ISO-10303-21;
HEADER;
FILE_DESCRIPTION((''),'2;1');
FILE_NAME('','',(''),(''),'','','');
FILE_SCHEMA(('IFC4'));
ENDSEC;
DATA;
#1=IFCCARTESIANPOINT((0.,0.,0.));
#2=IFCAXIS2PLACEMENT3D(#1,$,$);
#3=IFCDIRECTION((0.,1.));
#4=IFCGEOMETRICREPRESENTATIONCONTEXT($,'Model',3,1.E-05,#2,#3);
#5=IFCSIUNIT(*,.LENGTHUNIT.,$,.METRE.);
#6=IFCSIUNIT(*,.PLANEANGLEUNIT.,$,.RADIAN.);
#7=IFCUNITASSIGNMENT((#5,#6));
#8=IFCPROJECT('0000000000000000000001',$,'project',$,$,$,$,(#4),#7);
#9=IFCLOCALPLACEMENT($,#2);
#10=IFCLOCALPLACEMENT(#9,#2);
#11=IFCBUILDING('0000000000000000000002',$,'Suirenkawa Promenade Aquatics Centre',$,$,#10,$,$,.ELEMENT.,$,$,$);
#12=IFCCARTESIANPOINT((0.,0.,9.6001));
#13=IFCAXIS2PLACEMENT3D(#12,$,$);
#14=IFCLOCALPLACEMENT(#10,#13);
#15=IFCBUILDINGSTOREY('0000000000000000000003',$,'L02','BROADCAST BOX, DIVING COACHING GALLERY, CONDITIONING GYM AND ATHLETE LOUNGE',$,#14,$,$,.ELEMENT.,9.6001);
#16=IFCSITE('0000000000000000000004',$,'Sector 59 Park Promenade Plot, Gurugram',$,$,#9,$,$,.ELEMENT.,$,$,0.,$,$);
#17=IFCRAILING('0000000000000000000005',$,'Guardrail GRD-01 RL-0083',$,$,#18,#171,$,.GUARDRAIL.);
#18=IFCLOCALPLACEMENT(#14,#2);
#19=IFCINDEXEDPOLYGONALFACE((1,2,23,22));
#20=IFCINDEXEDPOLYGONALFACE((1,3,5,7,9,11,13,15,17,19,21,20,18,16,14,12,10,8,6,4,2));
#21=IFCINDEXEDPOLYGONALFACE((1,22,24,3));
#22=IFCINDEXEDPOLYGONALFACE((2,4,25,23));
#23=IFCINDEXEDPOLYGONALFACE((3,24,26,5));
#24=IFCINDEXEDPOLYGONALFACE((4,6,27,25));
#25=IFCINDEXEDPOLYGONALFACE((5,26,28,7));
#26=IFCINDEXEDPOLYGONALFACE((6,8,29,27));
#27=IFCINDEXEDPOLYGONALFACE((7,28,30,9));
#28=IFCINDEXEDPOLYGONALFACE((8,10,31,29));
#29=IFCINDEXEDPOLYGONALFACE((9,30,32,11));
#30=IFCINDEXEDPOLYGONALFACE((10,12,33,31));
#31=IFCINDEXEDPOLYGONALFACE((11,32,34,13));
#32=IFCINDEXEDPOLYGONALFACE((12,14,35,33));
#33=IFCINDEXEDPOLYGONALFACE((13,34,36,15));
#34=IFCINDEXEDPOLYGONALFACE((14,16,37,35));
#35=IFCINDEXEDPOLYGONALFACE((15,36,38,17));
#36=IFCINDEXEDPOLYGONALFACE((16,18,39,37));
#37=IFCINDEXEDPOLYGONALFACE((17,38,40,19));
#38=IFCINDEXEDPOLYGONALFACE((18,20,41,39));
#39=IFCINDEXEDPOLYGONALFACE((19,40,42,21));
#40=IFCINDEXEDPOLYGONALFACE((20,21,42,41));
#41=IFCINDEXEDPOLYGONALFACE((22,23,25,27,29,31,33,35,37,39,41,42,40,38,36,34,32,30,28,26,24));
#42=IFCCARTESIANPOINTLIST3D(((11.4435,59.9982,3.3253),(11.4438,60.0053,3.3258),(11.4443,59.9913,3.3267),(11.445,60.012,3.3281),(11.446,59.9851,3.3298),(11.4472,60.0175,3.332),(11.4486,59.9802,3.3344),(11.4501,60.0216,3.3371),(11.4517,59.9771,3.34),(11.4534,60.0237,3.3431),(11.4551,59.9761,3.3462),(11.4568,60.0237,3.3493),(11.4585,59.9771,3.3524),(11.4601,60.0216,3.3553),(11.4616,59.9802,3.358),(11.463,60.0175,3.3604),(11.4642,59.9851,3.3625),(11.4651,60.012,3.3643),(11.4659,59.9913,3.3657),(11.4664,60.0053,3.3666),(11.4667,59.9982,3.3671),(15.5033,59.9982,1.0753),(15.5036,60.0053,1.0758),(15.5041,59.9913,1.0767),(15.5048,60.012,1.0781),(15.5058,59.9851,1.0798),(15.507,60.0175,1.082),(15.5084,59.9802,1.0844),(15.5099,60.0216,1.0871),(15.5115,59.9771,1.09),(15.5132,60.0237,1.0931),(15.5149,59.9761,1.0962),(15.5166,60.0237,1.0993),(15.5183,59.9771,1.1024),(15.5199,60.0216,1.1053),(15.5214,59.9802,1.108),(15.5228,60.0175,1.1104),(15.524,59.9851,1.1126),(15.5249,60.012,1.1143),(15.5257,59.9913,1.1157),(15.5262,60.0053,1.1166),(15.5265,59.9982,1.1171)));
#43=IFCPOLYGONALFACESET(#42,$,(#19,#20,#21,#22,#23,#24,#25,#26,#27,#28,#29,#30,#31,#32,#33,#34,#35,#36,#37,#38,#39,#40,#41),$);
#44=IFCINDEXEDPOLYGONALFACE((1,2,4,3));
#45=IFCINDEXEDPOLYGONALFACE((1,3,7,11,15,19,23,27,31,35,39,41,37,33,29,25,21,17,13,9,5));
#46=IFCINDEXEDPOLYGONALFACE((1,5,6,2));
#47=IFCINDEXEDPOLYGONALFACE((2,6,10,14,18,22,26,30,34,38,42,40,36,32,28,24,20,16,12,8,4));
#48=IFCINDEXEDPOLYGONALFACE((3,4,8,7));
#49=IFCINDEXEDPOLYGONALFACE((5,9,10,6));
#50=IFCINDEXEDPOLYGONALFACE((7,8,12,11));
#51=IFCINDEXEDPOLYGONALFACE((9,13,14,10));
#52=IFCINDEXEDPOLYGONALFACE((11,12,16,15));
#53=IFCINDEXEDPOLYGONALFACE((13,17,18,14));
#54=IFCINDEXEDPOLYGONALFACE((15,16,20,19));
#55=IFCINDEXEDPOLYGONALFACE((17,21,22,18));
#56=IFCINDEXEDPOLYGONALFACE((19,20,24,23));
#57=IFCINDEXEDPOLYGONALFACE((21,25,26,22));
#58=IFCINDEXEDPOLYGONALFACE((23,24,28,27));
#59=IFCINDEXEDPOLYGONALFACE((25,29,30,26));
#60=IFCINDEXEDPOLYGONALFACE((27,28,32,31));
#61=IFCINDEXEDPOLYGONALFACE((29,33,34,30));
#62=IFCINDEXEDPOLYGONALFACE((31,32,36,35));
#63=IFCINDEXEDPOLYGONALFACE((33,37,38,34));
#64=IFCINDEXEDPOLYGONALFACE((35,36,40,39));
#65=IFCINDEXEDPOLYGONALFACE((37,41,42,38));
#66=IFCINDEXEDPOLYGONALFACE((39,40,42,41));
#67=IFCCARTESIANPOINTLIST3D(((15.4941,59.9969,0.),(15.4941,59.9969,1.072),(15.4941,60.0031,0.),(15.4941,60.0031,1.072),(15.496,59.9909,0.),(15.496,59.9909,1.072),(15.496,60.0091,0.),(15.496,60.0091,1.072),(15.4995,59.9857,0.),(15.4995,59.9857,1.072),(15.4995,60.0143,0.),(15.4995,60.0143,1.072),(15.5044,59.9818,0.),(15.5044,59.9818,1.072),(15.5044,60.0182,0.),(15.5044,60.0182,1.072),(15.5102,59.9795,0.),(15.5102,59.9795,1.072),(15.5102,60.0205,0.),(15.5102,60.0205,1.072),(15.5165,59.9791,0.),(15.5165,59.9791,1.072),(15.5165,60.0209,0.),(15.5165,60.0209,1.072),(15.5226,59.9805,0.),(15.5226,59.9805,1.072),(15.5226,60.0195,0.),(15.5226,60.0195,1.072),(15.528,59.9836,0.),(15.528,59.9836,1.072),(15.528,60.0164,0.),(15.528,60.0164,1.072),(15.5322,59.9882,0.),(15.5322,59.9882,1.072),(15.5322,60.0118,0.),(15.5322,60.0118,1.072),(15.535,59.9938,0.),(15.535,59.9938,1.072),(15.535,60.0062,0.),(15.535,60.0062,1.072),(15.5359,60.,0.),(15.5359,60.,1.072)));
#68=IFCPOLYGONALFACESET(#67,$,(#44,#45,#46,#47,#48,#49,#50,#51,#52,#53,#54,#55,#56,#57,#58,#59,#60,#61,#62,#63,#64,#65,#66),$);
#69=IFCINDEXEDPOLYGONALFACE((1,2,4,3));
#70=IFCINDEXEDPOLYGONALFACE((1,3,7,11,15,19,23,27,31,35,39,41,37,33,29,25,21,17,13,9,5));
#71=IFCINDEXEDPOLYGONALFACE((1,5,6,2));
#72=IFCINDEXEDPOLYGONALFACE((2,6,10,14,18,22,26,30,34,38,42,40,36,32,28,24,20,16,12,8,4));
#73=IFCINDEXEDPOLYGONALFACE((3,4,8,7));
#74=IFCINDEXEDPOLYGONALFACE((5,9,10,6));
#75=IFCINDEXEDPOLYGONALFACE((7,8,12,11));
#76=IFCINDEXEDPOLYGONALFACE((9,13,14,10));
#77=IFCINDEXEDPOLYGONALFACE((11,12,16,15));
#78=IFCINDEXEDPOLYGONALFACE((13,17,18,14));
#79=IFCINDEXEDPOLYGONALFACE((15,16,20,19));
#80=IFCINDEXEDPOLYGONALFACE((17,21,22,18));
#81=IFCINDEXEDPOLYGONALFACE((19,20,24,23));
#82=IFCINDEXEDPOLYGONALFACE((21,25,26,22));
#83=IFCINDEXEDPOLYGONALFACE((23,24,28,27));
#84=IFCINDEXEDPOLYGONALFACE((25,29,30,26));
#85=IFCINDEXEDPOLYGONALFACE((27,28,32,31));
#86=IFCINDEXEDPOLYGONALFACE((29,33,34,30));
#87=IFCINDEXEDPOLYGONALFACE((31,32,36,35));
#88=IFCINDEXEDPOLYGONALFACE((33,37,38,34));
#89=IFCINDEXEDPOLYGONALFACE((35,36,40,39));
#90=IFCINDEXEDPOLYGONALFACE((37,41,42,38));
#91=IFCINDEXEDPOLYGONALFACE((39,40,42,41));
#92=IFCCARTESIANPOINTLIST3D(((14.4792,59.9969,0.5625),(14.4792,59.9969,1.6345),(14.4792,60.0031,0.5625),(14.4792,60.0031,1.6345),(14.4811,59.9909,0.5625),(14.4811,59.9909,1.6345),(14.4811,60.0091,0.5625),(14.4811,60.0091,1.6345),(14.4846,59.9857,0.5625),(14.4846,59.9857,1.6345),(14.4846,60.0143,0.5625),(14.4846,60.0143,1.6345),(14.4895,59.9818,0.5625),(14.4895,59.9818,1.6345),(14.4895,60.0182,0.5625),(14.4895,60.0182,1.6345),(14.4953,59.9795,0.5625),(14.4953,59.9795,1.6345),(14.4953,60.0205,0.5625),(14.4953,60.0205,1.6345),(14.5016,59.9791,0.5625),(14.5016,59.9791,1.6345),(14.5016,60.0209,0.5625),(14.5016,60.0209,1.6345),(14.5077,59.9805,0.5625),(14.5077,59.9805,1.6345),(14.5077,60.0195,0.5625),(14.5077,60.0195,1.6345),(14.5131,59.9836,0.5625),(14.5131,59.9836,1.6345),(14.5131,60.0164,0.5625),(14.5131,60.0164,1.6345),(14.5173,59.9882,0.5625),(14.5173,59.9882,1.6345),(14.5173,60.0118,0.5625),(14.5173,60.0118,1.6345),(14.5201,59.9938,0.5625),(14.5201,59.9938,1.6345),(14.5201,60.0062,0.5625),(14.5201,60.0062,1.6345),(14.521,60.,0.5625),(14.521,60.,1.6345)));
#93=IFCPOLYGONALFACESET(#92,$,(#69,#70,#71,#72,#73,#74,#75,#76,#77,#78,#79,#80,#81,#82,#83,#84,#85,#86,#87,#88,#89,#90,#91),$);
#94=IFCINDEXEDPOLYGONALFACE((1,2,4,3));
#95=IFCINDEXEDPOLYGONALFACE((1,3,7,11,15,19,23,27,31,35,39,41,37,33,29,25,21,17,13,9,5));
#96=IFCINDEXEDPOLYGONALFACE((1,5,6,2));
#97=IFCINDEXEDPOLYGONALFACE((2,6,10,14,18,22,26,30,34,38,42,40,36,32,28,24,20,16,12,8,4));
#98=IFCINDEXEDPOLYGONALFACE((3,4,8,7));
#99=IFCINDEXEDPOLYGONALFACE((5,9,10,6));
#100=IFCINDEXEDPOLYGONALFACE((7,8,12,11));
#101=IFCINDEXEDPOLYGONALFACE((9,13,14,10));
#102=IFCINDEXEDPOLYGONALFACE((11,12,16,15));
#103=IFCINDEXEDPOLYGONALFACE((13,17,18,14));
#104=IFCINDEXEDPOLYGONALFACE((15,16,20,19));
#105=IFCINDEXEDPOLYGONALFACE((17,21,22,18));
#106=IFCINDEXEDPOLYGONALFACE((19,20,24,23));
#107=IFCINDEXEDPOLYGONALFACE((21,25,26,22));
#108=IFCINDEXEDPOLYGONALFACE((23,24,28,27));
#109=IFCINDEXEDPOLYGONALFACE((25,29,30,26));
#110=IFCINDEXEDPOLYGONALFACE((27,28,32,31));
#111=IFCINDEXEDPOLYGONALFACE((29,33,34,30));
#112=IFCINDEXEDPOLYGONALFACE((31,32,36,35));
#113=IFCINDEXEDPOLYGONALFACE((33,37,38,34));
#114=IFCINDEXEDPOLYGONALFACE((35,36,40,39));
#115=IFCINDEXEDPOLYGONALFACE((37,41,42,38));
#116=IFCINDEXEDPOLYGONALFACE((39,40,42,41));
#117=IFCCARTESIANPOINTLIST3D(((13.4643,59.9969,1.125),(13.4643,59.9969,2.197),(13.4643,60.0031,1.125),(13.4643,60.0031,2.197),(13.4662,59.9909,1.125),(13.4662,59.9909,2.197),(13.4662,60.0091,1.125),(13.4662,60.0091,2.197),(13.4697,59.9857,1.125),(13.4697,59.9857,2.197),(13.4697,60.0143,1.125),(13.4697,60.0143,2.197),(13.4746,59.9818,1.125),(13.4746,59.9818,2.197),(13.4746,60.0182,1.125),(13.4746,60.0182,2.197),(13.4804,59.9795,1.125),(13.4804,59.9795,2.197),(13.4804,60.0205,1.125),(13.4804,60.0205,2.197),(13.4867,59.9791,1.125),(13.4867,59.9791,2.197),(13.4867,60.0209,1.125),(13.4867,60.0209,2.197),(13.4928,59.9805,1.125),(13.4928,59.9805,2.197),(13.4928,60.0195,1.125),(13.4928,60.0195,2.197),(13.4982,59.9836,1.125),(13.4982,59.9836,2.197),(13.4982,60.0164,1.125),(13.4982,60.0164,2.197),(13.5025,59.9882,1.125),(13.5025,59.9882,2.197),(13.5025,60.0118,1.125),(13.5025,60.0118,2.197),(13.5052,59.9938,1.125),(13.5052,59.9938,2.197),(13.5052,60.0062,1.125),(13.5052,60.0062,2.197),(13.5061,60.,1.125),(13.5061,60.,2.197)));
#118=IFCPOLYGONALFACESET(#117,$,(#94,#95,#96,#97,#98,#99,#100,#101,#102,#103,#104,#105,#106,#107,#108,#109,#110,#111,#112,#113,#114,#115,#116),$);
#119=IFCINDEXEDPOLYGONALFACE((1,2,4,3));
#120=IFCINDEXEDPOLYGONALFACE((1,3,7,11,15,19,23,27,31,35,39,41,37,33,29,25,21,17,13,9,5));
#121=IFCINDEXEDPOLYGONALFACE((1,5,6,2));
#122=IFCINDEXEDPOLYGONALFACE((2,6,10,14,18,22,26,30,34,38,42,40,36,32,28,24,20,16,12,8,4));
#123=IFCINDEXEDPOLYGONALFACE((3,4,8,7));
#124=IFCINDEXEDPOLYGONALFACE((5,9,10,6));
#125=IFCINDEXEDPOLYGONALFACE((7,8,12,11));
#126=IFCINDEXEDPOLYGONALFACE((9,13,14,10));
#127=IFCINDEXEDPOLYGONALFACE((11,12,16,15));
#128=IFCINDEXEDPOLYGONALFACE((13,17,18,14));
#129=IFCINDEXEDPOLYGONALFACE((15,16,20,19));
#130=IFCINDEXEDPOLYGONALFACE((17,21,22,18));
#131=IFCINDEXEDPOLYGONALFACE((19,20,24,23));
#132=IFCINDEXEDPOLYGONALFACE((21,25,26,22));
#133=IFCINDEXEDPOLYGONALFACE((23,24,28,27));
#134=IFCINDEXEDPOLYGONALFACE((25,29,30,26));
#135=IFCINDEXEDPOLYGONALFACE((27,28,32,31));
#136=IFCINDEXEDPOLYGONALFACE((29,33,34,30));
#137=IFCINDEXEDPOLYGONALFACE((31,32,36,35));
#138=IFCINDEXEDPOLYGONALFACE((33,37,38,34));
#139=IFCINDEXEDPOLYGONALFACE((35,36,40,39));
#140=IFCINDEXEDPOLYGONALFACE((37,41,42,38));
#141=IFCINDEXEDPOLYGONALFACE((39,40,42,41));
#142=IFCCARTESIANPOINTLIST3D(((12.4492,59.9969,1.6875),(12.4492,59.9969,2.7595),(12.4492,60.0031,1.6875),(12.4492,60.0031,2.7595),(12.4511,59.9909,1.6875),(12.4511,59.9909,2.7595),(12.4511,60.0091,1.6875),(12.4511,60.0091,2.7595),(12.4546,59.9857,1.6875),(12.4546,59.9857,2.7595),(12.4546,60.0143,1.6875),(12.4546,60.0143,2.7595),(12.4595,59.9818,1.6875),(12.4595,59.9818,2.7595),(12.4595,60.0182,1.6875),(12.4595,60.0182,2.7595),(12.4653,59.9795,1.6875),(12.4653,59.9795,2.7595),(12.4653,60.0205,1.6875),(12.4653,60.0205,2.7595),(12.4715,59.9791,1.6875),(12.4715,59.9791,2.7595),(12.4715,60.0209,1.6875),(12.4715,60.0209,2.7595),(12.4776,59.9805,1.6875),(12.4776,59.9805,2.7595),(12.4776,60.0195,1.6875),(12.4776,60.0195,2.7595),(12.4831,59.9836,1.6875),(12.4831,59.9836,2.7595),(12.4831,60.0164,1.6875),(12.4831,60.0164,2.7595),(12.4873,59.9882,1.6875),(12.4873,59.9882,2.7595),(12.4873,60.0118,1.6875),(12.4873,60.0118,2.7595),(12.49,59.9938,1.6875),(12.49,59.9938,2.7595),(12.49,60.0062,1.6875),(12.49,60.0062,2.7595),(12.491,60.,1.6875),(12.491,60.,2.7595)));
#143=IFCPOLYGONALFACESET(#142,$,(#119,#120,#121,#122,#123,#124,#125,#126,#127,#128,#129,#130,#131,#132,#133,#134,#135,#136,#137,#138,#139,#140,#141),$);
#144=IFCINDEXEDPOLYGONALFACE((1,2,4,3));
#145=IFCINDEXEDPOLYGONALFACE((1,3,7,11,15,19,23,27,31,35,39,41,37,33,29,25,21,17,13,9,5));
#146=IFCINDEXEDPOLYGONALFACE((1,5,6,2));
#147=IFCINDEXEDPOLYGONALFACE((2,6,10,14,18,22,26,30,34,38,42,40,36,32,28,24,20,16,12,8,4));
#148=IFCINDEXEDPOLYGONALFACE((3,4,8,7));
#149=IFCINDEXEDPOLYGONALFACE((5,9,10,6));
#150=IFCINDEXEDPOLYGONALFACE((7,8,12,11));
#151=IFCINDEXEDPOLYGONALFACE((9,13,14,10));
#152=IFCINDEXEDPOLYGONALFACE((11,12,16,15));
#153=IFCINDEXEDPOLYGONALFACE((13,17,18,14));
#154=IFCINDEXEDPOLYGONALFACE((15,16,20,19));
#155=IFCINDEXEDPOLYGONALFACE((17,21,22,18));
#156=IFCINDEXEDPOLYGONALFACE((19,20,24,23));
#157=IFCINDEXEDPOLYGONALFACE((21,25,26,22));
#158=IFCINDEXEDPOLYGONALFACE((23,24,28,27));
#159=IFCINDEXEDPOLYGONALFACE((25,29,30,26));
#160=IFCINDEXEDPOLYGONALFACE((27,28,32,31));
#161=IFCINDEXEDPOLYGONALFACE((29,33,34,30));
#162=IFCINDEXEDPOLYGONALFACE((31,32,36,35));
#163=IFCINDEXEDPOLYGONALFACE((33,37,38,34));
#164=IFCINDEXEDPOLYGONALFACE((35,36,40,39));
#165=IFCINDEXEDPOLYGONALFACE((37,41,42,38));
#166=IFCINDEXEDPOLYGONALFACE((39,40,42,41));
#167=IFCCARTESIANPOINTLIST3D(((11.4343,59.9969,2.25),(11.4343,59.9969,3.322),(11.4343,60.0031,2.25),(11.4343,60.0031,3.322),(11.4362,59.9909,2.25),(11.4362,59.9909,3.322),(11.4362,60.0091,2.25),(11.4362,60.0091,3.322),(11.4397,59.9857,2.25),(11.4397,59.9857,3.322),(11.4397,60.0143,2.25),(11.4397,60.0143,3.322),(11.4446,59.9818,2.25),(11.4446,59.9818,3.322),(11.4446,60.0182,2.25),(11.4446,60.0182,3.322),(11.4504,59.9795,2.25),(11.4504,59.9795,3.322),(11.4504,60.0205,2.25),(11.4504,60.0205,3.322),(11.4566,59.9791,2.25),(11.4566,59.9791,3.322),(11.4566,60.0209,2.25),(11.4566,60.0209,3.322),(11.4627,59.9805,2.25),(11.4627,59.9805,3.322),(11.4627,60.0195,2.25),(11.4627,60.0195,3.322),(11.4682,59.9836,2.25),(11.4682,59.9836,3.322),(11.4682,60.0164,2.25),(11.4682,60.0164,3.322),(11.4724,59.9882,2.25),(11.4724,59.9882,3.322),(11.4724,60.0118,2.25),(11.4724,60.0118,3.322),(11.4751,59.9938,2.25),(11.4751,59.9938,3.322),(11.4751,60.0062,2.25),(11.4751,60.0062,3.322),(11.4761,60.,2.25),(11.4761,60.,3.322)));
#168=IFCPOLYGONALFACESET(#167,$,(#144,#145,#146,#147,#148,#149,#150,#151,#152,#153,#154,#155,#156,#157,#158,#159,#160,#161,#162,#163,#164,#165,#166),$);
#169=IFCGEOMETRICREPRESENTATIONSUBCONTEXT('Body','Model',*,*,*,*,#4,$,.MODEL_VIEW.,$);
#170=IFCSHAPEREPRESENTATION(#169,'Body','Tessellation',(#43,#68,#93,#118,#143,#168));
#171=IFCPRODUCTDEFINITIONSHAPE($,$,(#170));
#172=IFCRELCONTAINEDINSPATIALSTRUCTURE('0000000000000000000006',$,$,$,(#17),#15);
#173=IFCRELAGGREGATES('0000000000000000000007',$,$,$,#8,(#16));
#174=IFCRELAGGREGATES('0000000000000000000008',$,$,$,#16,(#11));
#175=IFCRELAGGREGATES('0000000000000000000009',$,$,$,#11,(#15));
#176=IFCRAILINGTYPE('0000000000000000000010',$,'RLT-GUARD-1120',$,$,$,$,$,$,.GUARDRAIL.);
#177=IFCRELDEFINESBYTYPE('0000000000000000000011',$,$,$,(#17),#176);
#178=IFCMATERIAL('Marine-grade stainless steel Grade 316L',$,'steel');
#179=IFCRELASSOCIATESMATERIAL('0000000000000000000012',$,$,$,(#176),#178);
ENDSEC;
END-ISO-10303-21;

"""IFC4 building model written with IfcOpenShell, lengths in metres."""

from ifc_helpers import new_model, si_unit, direction, frame, origin, origin_2d, place, context, subcontext, project, spatial, circle, extrude, material, type_object, element, save


model = new_model("IFC4")

# Units and contexts
model_context = context("Model", 3, precision=1e-05, world=origin(), true_north=direction((0.0, 1.0)))
body_context = subcontext(model_context, "Body", "Model", "MODEL_VIEW")
ifc_project = project(units=[si_unit("LENGTHUNIT", "METRE"), si_unit("PLANEANGLEUNIT", "RADIAN")], contexts=[model_context])

# Site, building, storey
site_placement = place(None, origin())
site = spatial("IfcSite", under=ifc_project, at=site_placement, Name="Sector 59 Park Promenade Plot, Gurugram", CompositionType="ELEMENT", RefElevation=0.0)
building_placement = place(site_placement, origin())
building = spatial("IfcBuilding", under=site, at=building_placement, Name="Suirenkawa Promenade Aquatics Centre", CompositionType="ELEMENT")
storey_placement = place(building_placement, frame((0.0, 0.0, 9.6001)))
storey = spatial("IfcBuildingStorey", under=building, at=storey_placement, Name="L02", Description="BROADCAST BOX, DIVING COACHING GALLERY, CONDITIONING GYM AND ATHLETE LOUNGE", CompositionType="ELEMENT", Elevation=9.6001)

# Railing
ifc_material_1 = material(Name="Marine-grade stainless steel Grade 316L", Category="steel")
railing_type_1 = type_object("IfcRailingType", Name="RLT-GUARD-1120", PredefinedType="GUARDRAIL", material=ifc_material_1)
for number, where, name in (
    (1, (15.5149, 60.0, 0.0), "Guardrail GRD-01 RL-0083"),
):
    element("IfcRailing", number, at=place(storey_placement, frame(where)), inside=storey, type_object=railing_type_1, Name=name, PredefinedType="GUARDRAIL", context=body_context, shape_type="SweptSolid", body=[
        extrude(circle(Radius=0.0239, at=origin_2d()), frame((0.0, 0.0, 1.0962), z_axis=(-0.874656, 0.0, 0.484745), x_axis=(0.0, -1.0, 0.0)), (0.0, 0.0, 1.0), 4.6416),
        extrude(circle(Radius=0.021, at=origin_2d()), origin(), (0.0, 0.0, 1.0), 1.072),
        extrude(circle(Radius=0.021, at=origin_2d()), frame((-1.0149, 0.0, 0.5625)), (0.0, 0.0, 1.0), 1.072),
        extrude(circle(Radius=0.021, at=origin_2d()), frame((-2.0298, 0.0, 1.125)), (0.0, 0.0, 1.0), 1.072),
        extrude(circle(Radius=0.021, at=origin_2d()), frame((-3.0449, 0.0, 1.6875)), (0.0, 0.0, 1.0), 1.072),
        extrude(circle(Radius=0.021, at=origin_2d()), frame((-4.0598, 0.0, 2.25)), (0.0, 0.0, 1.0), 1.072),
    ])

save(model, "model.ifc")
